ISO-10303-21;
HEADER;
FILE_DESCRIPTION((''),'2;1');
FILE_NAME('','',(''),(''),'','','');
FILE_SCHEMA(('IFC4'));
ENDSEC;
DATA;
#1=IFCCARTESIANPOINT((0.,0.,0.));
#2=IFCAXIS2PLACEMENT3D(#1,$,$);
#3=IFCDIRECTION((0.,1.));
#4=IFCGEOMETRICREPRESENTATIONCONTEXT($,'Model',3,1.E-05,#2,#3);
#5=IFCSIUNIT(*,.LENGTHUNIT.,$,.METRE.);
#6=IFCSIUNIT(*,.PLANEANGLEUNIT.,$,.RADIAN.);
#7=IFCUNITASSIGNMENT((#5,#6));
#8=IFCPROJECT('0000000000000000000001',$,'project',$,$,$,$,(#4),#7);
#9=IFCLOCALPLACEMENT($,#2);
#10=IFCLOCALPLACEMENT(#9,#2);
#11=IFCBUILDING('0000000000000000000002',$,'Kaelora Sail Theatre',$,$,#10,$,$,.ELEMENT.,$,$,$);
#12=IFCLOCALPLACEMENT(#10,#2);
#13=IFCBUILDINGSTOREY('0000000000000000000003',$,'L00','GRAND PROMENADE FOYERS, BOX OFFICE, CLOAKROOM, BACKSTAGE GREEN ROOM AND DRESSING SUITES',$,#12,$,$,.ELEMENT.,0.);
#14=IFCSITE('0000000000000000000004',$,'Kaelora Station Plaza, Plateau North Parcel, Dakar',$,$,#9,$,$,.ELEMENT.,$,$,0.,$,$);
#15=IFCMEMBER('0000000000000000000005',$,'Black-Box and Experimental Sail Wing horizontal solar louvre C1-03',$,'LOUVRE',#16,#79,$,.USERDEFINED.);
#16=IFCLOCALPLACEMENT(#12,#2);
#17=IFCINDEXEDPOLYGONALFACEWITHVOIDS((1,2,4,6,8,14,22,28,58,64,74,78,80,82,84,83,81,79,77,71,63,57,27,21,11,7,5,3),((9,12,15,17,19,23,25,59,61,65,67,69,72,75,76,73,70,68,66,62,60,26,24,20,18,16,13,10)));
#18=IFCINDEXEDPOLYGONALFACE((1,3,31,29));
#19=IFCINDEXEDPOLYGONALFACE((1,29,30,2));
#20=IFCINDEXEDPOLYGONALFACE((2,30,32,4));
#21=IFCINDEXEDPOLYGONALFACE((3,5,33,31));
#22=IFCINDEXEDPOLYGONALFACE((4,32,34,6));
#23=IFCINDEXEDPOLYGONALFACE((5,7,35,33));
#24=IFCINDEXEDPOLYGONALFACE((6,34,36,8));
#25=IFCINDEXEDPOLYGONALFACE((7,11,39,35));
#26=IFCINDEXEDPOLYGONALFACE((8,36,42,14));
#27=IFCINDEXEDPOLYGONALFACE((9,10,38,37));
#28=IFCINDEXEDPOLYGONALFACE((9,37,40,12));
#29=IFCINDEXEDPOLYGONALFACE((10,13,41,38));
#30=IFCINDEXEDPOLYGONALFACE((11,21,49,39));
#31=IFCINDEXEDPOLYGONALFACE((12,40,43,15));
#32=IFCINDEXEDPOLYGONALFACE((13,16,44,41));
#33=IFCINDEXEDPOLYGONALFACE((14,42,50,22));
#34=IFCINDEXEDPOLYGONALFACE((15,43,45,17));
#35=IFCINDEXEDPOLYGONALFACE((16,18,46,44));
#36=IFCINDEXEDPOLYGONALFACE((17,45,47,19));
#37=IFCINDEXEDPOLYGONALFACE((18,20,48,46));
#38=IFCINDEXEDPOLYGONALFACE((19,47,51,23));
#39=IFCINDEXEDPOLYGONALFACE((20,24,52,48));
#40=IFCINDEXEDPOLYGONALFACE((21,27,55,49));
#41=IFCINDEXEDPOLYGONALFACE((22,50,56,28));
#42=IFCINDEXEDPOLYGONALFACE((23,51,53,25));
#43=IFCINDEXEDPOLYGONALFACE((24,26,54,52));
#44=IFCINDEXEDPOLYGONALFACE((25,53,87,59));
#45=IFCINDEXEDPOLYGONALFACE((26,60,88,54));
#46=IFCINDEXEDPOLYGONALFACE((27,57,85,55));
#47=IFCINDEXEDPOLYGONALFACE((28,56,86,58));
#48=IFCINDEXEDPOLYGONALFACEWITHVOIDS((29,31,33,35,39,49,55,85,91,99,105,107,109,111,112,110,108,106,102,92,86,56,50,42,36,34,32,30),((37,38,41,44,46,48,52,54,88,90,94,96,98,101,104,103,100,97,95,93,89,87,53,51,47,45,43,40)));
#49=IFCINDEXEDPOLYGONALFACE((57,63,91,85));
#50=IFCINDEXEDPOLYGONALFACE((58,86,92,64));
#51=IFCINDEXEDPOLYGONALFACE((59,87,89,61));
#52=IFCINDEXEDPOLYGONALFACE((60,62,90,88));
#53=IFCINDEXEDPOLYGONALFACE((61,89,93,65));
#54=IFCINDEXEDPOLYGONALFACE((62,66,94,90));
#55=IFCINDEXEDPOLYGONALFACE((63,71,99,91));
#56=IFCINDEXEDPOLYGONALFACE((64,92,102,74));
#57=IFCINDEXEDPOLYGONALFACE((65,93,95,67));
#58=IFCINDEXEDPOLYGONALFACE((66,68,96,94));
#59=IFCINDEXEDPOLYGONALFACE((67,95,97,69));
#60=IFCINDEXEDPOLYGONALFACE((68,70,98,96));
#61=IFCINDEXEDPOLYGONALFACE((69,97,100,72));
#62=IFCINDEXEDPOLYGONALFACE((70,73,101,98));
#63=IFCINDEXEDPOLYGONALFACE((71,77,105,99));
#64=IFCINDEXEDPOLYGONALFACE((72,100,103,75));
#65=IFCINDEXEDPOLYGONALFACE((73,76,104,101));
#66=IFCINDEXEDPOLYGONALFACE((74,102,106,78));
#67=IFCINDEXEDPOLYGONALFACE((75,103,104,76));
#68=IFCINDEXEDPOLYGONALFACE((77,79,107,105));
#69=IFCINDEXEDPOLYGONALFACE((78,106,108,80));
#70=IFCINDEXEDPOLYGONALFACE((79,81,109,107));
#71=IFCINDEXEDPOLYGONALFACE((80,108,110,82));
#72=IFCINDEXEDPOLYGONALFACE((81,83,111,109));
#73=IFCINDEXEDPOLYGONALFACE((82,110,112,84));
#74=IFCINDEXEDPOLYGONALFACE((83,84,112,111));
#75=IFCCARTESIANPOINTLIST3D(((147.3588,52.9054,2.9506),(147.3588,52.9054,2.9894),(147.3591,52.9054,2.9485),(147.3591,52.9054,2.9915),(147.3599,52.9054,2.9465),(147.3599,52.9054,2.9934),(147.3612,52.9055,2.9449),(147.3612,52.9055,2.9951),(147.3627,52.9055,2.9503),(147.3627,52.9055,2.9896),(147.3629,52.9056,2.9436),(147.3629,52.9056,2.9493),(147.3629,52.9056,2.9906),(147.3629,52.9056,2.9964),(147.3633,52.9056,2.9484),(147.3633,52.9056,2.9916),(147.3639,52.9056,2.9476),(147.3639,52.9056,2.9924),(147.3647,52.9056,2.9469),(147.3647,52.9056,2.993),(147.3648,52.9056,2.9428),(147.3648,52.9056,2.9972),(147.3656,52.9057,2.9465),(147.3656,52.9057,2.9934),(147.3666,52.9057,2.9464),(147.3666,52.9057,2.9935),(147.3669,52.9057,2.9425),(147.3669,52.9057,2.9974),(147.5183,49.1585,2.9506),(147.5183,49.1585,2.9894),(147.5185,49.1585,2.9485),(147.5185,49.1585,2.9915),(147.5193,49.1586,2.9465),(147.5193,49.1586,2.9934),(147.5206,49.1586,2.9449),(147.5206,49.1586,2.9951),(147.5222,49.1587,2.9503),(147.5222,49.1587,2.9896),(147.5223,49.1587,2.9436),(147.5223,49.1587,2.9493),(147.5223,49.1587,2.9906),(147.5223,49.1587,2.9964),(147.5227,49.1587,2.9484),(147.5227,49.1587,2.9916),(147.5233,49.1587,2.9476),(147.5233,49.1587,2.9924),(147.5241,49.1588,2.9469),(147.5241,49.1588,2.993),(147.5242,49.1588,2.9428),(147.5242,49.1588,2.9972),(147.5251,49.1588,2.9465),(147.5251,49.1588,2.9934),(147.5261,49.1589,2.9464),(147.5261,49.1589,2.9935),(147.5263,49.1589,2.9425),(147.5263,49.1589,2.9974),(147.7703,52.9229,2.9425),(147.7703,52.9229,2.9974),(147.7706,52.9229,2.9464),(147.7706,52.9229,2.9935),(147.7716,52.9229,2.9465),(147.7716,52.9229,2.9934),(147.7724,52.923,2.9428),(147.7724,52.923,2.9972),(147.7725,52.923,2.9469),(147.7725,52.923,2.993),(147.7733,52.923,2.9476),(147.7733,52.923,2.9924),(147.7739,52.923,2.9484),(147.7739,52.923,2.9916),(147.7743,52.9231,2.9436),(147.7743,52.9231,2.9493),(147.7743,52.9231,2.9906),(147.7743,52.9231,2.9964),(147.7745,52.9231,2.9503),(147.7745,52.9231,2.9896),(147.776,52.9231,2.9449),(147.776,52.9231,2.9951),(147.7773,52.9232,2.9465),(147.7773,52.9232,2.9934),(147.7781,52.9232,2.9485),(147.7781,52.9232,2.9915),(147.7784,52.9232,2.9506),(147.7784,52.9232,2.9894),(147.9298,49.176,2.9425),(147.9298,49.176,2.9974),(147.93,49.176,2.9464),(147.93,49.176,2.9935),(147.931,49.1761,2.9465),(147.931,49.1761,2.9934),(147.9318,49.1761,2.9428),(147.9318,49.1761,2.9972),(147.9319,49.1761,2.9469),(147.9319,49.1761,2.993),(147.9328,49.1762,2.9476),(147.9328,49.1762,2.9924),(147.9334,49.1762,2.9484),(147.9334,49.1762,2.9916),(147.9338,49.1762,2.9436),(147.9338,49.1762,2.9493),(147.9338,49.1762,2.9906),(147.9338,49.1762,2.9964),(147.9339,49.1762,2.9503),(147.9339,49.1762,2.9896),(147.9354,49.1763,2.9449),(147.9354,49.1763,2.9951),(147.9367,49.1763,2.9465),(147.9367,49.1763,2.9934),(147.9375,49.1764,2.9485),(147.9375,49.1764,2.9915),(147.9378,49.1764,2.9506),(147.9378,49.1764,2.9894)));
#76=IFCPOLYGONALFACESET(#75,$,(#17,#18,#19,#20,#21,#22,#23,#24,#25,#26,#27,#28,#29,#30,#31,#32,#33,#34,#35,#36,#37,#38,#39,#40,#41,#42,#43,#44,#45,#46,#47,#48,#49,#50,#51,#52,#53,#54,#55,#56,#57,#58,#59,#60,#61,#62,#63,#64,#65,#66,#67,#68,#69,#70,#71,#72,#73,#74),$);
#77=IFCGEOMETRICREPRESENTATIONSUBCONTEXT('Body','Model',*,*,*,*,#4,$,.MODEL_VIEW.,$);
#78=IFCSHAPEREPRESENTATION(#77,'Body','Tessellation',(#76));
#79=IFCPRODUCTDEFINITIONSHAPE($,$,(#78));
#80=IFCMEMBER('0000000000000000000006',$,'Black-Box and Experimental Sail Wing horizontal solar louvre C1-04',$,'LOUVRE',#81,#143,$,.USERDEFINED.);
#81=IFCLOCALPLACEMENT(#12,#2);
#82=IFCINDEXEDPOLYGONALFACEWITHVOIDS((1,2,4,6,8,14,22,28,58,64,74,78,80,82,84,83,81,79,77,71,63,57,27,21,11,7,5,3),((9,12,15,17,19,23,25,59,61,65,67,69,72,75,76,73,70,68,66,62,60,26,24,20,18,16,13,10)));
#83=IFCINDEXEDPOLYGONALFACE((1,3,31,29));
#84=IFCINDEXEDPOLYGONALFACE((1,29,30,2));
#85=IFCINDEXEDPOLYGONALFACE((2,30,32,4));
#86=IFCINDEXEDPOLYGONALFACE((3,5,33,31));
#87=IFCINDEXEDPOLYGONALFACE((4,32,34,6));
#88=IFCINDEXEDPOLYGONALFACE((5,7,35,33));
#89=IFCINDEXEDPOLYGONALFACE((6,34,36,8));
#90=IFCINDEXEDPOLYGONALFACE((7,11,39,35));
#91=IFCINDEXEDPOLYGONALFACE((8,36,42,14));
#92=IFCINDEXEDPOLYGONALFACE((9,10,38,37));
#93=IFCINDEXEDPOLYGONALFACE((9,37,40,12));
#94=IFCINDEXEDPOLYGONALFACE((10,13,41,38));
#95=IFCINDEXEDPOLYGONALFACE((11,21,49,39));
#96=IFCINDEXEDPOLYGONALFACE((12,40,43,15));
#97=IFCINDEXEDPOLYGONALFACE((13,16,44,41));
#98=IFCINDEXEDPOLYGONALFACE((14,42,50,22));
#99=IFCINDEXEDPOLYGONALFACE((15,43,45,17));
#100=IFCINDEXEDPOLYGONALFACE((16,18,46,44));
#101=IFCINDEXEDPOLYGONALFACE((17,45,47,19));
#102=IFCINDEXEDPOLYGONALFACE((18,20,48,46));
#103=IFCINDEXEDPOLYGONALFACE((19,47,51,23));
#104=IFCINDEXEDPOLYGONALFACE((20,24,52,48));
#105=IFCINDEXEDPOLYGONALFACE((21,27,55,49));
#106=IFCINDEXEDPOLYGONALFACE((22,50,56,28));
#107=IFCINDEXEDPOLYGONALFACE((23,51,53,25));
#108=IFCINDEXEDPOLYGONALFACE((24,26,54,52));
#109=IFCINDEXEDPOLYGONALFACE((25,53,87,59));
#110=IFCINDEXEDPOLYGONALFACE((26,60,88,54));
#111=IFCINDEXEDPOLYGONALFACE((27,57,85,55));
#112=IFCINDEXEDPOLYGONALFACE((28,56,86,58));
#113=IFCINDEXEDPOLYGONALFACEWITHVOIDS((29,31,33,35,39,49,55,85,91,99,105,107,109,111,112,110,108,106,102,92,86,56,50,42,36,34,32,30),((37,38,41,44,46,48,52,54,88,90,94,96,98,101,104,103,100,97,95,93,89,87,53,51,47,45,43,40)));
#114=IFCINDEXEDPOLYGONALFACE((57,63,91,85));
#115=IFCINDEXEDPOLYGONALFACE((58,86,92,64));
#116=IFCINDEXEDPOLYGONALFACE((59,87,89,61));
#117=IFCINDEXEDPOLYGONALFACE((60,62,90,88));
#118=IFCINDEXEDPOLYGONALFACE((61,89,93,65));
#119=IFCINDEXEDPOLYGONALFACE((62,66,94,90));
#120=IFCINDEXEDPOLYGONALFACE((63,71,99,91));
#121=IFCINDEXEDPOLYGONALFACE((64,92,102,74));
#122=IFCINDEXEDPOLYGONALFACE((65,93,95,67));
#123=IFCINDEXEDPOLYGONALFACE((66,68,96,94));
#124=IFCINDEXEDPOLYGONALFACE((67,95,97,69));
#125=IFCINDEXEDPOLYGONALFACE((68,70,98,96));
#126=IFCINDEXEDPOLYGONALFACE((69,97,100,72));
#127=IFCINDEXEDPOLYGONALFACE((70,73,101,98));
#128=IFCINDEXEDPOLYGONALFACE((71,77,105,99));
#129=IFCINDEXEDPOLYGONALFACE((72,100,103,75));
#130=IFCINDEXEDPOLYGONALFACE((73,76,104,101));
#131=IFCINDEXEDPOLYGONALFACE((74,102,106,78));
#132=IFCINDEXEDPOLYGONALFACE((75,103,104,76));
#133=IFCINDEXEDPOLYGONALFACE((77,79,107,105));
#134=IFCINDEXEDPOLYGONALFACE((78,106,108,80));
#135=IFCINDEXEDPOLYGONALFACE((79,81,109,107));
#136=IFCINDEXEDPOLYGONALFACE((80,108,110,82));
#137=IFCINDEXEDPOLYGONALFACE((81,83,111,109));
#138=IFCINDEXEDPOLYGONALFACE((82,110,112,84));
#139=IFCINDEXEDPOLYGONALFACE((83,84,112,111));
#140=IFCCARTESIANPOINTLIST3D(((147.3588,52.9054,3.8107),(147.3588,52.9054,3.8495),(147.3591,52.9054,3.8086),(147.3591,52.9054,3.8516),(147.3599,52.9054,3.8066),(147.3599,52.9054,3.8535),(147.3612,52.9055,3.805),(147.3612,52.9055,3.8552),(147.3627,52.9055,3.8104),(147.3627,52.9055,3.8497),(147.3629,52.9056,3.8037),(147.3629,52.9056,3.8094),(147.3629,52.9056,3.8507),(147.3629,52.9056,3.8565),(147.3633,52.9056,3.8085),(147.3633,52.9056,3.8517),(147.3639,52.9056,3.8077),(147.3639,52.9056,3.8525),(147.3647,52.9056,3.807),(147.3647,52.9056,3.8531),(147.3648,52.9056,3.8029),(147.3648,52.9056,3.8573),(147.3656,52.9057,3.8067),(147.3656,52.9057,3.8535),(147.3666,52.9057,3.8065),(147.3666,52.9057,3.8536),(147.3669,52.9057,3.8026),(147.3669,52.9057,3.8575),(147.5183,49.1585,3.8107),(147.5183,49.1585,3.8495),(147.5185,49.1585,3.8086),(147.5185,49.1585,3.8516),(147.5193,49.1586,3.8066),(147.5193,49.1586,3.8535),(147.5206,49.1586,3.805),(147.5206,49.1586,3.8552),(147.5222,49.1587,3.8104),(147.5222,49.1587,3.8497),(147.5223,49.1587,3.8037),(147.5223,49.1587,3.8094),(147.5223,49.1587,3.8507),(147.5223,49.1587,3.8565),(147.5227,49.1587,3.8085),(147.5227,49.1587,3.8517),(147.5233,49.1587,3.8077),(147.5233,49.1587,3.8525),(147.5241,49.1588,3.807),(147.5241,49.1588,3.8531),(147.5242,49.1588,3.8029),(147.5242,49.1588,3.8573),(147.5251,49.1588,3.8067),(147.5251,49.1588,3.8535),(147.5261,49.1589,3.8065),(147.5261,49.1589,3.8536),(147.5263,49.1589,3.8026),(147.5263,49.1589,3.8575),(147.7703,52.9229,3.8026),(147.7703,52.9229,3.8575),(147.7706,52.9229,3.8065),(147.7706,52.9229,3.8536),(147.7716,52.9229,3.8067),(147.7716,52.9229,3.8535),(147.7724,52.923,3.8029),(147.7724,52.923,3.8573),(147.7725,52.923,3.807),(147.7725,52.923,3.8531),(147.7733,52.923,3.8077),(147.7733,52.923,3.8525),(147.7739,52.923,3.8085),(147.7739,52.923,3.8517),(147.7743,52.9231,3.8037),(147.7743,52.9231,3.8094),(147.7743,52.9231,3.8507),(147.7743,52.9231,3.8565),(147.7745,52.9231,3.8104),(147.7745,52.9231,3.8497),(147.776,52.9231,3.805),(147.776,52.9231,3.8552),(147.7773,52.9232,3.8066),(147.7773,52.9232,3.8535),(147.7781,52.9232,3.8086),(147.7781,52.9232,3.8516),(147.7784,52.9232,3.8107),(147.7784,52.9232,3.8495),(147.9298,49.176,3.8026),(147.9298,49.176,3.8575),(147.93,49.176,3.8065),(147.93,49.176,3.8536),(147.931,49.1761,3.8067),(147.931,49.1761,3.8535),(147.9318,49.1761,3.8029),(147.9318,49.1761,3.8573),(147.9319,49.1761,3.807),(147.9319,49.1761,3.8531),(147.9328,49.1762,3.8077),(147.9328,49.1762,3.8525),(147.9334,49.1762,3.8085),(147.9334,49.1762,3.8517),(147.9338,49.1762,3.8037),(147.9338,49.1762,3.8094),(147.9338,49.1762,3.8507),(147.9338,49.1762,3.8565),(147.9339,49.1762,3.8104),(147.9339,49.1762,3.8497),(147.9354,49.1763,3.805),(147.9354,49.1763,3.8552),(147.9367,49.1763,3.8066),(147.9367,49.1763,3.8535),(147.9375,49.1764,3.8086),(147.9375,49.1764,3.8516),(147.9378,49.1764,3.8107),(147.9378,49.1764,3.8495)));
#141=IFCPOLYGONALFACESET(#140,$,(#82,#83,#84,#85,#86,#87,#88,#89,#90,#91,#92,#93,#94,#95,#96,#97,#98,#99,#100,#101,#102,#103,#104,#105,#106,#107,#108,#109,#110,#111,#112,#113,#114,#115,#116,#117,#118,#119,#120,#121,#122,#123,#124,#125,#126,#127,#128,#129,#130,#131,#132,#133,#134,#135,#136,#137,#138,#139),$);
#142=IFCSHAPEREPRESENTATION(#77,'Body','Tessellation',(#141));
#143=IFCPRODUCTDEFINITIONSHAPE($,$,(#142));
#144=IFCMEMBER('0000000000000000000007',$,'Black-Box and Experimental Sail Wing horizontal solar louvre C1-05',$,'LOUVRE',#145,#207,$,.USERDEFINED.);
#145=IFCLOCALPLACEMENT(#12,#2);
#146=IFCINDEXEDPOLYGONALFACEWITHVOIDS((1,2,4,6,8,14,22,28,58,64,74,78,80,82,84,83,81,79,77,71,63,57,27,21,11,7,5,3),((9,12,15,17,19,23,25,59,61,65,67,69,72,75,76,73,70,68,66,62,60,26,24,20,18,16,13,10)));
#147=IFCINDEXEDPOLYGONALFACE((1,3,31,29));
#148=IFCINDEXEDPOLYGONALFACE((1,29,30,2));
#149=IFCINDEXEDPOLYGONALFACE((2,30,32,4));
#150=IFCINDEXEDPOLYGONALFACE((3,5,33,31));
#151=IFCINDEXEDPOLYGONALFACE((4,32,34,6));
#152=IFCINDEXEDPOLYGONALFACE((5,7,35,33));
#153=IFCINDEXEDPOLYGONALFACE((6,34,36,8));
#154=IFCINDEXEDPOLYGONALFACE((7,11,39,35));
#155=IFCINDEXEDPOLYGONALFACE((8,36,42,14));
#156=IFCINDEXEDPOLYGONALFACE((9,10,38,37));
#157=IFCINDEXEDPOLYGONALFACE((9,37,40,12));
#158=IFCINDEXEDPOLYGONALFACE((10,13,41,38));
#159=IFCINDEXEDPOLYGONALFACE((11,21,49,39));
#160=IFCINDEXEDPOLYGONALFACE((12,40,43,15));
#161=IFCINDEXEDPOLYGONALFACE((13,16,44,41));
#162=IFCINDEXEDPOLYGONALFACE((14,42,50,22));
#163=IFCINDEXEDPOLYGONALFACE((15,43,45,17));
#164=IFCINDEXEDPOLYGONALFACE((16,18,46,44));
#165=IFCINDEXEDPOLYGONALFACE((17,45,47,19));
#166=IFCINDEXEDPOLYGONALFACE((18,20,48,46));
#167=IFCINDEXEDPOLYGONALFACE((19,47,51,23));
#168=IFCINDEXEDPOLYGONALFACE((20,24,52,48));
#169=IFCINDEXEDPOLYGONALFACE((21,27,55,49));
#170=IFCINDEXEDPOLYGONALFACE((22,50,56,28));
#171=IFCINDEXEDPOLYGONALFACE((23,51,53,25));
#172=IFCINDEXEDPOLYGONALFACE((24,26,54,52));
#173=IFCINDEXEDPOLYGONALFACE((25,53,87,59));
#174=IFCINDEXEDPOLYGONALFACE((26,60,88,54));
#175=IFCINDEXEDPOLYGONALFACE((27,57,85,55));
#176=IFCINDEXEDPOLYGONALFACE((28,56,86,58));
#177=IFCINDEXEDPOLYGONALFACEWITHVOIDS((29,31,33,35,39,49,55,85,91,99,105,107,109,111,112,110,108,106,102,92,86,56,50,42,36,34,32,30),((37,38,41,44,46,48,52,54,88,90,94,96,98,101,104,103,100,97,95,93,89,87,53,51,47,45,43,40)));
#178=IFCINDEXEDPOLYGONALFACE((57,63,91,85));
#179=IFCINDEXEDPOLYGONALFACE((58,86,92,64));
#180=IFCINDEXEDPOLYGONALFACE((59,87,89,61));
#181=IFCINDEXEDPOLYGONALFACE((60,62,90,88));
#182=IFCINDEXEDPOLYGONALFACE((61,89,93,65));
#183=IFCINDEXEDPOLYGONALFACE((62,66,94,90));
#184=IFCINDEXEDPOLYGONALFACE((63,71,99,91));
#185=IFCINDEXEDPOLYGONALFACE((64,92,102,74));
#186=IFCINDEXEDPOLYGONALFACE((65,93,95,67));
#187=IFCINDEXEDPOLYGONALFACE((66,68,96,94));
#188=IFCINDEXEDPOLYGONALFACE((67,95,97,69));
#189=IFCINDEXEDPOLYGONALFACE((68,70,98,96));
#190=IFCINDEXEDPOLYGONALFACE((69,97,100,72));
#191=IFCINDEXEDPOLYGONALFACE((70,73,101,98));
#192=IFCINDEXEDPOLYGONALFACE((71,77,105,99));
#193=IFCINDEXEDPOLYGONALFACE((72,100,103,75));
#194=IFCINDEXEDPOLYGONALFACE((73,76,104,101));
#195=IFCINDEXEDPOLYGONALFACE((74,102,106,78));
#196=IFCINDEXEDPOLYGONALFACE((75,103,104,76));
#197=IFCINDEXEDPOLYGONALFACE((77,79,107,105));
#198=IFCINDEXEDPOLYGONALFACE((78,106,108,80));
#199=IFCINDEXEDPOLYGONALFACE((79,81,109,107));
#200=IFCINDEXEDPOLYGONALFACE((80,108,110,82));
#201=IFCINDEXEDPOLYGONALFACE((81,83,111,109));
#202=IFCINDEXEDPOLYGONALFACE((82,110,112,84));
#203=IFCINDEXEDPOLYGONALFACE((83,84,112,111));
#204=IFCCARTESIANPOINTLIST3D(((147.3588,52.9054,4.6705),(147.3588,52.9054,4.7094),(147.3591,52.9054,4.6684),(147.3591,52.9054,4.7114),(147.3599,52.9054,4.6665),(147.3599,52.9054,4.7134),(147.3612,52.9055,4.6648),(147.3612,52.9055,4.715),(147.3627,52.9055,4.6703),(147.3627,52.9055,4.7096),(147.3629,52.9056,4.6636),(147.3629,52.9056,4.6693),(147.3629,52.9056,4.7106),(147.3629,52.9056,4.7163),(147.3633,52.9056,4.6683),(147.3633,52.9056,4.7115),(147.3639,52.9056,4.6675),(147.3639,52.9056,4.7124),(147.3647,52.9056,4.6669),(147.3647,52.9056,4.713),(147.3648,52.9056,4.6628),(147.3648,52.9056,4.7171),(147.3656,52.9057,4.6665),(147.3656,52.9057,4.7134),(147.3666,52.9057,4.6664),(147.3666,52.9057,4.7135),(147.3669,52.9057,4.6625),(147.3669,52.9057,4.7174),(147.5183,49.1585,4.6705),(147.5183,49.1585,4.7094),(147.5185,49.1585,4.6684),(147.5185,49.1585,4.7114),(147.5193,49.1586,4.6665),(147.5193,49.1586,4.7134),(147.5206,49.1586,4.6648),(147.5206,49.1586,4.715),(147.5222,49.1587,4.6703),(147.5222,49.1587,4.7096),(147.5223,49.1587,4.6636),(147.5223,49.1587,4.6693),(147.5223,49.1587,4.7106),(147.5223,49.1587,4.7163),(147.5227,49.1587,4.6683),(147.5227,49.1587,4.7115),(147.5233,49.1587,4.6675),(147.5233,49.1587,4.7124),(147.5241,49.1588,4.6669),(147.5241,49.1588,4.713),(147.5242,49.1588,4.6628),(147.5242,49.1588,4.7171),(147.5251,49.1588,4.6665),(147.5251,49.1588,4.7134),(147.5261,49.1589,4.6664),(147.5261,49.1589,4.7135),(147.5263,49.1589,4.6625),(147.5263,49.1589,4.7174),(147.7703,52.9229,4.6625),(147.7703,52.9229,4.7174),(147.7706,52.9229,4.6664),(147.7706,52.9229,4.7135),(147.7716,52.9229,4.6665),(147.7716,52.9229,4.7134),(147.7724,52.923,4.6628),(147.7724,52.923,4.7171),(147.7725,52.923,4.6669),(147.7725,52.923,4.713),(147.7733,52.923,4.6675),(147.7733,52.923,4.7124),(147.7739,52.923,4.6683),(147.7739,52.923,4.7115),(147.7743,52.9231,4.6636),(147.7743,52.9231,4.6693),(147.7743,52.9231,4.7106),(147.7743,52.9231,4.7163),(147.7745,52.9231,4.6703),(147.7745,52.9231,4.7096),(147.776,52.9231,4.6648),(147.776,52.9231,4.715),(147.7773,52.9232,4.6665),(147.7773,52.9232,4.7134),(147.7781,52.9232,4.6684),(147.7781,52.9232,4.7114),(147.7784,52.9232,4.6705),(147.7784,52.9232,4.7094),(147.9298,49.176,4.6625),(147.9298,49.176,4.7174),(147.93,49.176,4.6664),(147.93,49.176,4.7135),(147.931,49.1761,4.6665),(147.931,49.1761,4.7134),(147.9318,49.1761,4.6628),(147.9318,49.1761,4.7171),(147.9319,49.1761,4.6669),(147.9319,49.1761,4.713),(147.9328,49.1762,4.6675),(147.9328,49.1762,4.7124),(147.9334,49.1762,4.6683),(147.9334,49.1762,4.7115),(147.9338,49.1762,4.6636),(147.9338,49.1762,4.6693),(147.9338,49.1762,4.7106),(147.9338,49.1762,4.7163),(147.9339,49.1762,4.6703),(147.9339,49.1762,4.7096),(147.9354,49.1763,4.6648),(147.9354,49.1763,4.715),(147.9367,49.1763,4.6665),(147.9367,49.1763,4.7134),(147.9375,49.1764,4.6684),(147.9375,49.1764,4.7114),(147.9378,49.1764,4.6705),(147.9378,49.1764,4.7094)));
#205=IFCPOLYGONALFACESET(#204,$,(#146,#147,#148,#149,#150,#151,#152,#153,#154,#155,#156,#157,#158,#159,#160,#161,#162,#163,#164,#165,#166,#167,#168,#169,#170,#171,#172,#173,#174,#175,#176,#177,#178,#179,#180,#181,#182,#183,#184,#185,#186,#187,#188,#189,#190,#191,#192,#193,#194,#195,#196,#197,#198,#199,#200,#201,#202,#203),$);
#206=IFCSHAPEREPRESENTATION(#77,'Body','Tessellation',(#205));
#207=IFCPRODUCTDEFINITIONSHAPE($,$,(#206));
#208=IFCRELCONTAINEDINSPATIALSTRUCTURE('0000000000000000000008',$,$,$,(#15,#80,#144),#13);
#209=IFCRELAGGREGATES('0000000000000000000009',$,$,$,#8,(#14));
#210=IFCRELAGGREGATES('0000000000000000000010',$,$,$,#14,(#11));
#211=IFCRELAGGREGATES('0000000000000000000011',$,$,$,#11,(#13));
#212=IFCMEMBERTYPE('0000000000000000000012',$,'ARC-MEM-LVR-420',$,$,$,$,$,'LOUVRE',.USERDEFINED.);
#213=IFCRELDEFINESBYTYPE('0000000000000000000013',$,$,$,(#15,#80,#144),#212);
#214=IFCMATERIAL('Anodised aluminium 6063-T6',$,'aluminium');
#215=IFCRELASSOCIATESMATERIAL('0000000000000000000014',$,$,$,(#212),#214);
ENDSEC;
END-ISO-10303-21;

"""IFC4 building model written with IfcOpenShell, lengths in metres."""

from ifc_helpers import new_model, si_unit, direction, frame, origin, origin_2d, place, context, subcontext, project, spatial, hollow_rectangle, extrude, material, material_profile, profile_set, type_object, element, save


model = new_model("IFC4")

# Units and contexts
model_context = context("Model", 3, precision=1e-05, world=origin(), true_north=direction((0.0, 1.0)))
body_context = subcontext(model_context, "Body", "Model", "MODEL_VIEW")
ifc_project = project(units=[si_unit("LENGTHUNIT", "METRE"), si_unit("PLANEANGLEUNIT", "RADIAN")], contexts=[model_context])

# Site, building, storey
site_placement = place(None, origin())
site = spatial("IfcSite", under=ifc_project, at=site_placement, Name="Kaelora Station Plaza, Plateau North Parcel, Dakar", CompositionType="ELEMENT", RefElevation=0.0)
building_placement = place(site_placement, origin())
building = spatial("IfcBuilding", under=site, at=building_placement, Name="Kaelora Sail Theatre", CompositionType="ELEMENT")
storey_placement = place(building_placement, origin())
storey = spatial("IfcBuildingStorey", under=building, at=storey_placement, Name="L00", Description="GRAND PROMENADE FOYERS, BOX OFFICE, CLOAKROOM, BACKSTAGE GREEN ROOM AND DRESSING SUITES", CompositionType="ELEMENT", Elevation=0.0)

# Members
ifc_material_1 = material(Name="Anodised aluminium 6063-T6", Category="aluminium")
ifc_material_profile_1 = material_profile(ifc_material_1, hollow_rectangle(XDim=0.4199, YDim=0.0549, WallThickness=0.0039, InnerFilletRadius=0.0039, OuterFilletRadius=0.0081, at=origin_2d()), Name="LOUVRE 420x55x4")
ifc_profile_set_1 = profile_set([ifc_material_profile_1], Name="Anodised aluminium 6063-T6")
member_type_1 = type_object("IfcMemberType", Name="ARC-MEM-LVR-420", ElementType="LOUVRE", PredefinedType="USERDEFINED", material=ifc_profile_set_1)
for number, where, z_axis, x_axis, name in (
    (1, (147.5686, 52.9143, 2.97), (0.042511, -0.999096, 0.0), (0.999096, 0.042511, 0.0), "Black-Box and Experimental Sail Wing horizontal solar louvre C1-03"),
    (2, (147.5686, 52.9143, 3.8301), (0.042511, -0.999096, 0.0), (0.999096, 0.042511, 0.0), "Black-Box and Experimental Sail Wing horizontal solar louvre C1-04"),
    (3, (147.5686, 52.9143, 4.6899), (0.042511, -0.999096, 0.0), (0.999096, 0.042511, 0.0), "Black-Box and Experimental Sail Wing horizontal solar louvre C1-05"),
):
    element("IfcMember", number, at=place(storey_placement, frame(where, z_axis=z_axis, x_axis=x_axis)), inside=storey, type_object=member_type_1, Name=name, ObjectType="LOUVRE", PredefinedType="USERDEFINED", context=body_context, shape_type="SweptSolid", body=[
        extrude(hollow_rectangle(XDim=0.4199, YDim=0.0549, WallThickness=0.0039, InnerFilletRadius=0.0039, OuterFilletRadius=0.0081, at=origin_2d()), origin(), (0.0, 0.0, 1.0), 3.7502),
    ])

save(model, "model.ifc")
